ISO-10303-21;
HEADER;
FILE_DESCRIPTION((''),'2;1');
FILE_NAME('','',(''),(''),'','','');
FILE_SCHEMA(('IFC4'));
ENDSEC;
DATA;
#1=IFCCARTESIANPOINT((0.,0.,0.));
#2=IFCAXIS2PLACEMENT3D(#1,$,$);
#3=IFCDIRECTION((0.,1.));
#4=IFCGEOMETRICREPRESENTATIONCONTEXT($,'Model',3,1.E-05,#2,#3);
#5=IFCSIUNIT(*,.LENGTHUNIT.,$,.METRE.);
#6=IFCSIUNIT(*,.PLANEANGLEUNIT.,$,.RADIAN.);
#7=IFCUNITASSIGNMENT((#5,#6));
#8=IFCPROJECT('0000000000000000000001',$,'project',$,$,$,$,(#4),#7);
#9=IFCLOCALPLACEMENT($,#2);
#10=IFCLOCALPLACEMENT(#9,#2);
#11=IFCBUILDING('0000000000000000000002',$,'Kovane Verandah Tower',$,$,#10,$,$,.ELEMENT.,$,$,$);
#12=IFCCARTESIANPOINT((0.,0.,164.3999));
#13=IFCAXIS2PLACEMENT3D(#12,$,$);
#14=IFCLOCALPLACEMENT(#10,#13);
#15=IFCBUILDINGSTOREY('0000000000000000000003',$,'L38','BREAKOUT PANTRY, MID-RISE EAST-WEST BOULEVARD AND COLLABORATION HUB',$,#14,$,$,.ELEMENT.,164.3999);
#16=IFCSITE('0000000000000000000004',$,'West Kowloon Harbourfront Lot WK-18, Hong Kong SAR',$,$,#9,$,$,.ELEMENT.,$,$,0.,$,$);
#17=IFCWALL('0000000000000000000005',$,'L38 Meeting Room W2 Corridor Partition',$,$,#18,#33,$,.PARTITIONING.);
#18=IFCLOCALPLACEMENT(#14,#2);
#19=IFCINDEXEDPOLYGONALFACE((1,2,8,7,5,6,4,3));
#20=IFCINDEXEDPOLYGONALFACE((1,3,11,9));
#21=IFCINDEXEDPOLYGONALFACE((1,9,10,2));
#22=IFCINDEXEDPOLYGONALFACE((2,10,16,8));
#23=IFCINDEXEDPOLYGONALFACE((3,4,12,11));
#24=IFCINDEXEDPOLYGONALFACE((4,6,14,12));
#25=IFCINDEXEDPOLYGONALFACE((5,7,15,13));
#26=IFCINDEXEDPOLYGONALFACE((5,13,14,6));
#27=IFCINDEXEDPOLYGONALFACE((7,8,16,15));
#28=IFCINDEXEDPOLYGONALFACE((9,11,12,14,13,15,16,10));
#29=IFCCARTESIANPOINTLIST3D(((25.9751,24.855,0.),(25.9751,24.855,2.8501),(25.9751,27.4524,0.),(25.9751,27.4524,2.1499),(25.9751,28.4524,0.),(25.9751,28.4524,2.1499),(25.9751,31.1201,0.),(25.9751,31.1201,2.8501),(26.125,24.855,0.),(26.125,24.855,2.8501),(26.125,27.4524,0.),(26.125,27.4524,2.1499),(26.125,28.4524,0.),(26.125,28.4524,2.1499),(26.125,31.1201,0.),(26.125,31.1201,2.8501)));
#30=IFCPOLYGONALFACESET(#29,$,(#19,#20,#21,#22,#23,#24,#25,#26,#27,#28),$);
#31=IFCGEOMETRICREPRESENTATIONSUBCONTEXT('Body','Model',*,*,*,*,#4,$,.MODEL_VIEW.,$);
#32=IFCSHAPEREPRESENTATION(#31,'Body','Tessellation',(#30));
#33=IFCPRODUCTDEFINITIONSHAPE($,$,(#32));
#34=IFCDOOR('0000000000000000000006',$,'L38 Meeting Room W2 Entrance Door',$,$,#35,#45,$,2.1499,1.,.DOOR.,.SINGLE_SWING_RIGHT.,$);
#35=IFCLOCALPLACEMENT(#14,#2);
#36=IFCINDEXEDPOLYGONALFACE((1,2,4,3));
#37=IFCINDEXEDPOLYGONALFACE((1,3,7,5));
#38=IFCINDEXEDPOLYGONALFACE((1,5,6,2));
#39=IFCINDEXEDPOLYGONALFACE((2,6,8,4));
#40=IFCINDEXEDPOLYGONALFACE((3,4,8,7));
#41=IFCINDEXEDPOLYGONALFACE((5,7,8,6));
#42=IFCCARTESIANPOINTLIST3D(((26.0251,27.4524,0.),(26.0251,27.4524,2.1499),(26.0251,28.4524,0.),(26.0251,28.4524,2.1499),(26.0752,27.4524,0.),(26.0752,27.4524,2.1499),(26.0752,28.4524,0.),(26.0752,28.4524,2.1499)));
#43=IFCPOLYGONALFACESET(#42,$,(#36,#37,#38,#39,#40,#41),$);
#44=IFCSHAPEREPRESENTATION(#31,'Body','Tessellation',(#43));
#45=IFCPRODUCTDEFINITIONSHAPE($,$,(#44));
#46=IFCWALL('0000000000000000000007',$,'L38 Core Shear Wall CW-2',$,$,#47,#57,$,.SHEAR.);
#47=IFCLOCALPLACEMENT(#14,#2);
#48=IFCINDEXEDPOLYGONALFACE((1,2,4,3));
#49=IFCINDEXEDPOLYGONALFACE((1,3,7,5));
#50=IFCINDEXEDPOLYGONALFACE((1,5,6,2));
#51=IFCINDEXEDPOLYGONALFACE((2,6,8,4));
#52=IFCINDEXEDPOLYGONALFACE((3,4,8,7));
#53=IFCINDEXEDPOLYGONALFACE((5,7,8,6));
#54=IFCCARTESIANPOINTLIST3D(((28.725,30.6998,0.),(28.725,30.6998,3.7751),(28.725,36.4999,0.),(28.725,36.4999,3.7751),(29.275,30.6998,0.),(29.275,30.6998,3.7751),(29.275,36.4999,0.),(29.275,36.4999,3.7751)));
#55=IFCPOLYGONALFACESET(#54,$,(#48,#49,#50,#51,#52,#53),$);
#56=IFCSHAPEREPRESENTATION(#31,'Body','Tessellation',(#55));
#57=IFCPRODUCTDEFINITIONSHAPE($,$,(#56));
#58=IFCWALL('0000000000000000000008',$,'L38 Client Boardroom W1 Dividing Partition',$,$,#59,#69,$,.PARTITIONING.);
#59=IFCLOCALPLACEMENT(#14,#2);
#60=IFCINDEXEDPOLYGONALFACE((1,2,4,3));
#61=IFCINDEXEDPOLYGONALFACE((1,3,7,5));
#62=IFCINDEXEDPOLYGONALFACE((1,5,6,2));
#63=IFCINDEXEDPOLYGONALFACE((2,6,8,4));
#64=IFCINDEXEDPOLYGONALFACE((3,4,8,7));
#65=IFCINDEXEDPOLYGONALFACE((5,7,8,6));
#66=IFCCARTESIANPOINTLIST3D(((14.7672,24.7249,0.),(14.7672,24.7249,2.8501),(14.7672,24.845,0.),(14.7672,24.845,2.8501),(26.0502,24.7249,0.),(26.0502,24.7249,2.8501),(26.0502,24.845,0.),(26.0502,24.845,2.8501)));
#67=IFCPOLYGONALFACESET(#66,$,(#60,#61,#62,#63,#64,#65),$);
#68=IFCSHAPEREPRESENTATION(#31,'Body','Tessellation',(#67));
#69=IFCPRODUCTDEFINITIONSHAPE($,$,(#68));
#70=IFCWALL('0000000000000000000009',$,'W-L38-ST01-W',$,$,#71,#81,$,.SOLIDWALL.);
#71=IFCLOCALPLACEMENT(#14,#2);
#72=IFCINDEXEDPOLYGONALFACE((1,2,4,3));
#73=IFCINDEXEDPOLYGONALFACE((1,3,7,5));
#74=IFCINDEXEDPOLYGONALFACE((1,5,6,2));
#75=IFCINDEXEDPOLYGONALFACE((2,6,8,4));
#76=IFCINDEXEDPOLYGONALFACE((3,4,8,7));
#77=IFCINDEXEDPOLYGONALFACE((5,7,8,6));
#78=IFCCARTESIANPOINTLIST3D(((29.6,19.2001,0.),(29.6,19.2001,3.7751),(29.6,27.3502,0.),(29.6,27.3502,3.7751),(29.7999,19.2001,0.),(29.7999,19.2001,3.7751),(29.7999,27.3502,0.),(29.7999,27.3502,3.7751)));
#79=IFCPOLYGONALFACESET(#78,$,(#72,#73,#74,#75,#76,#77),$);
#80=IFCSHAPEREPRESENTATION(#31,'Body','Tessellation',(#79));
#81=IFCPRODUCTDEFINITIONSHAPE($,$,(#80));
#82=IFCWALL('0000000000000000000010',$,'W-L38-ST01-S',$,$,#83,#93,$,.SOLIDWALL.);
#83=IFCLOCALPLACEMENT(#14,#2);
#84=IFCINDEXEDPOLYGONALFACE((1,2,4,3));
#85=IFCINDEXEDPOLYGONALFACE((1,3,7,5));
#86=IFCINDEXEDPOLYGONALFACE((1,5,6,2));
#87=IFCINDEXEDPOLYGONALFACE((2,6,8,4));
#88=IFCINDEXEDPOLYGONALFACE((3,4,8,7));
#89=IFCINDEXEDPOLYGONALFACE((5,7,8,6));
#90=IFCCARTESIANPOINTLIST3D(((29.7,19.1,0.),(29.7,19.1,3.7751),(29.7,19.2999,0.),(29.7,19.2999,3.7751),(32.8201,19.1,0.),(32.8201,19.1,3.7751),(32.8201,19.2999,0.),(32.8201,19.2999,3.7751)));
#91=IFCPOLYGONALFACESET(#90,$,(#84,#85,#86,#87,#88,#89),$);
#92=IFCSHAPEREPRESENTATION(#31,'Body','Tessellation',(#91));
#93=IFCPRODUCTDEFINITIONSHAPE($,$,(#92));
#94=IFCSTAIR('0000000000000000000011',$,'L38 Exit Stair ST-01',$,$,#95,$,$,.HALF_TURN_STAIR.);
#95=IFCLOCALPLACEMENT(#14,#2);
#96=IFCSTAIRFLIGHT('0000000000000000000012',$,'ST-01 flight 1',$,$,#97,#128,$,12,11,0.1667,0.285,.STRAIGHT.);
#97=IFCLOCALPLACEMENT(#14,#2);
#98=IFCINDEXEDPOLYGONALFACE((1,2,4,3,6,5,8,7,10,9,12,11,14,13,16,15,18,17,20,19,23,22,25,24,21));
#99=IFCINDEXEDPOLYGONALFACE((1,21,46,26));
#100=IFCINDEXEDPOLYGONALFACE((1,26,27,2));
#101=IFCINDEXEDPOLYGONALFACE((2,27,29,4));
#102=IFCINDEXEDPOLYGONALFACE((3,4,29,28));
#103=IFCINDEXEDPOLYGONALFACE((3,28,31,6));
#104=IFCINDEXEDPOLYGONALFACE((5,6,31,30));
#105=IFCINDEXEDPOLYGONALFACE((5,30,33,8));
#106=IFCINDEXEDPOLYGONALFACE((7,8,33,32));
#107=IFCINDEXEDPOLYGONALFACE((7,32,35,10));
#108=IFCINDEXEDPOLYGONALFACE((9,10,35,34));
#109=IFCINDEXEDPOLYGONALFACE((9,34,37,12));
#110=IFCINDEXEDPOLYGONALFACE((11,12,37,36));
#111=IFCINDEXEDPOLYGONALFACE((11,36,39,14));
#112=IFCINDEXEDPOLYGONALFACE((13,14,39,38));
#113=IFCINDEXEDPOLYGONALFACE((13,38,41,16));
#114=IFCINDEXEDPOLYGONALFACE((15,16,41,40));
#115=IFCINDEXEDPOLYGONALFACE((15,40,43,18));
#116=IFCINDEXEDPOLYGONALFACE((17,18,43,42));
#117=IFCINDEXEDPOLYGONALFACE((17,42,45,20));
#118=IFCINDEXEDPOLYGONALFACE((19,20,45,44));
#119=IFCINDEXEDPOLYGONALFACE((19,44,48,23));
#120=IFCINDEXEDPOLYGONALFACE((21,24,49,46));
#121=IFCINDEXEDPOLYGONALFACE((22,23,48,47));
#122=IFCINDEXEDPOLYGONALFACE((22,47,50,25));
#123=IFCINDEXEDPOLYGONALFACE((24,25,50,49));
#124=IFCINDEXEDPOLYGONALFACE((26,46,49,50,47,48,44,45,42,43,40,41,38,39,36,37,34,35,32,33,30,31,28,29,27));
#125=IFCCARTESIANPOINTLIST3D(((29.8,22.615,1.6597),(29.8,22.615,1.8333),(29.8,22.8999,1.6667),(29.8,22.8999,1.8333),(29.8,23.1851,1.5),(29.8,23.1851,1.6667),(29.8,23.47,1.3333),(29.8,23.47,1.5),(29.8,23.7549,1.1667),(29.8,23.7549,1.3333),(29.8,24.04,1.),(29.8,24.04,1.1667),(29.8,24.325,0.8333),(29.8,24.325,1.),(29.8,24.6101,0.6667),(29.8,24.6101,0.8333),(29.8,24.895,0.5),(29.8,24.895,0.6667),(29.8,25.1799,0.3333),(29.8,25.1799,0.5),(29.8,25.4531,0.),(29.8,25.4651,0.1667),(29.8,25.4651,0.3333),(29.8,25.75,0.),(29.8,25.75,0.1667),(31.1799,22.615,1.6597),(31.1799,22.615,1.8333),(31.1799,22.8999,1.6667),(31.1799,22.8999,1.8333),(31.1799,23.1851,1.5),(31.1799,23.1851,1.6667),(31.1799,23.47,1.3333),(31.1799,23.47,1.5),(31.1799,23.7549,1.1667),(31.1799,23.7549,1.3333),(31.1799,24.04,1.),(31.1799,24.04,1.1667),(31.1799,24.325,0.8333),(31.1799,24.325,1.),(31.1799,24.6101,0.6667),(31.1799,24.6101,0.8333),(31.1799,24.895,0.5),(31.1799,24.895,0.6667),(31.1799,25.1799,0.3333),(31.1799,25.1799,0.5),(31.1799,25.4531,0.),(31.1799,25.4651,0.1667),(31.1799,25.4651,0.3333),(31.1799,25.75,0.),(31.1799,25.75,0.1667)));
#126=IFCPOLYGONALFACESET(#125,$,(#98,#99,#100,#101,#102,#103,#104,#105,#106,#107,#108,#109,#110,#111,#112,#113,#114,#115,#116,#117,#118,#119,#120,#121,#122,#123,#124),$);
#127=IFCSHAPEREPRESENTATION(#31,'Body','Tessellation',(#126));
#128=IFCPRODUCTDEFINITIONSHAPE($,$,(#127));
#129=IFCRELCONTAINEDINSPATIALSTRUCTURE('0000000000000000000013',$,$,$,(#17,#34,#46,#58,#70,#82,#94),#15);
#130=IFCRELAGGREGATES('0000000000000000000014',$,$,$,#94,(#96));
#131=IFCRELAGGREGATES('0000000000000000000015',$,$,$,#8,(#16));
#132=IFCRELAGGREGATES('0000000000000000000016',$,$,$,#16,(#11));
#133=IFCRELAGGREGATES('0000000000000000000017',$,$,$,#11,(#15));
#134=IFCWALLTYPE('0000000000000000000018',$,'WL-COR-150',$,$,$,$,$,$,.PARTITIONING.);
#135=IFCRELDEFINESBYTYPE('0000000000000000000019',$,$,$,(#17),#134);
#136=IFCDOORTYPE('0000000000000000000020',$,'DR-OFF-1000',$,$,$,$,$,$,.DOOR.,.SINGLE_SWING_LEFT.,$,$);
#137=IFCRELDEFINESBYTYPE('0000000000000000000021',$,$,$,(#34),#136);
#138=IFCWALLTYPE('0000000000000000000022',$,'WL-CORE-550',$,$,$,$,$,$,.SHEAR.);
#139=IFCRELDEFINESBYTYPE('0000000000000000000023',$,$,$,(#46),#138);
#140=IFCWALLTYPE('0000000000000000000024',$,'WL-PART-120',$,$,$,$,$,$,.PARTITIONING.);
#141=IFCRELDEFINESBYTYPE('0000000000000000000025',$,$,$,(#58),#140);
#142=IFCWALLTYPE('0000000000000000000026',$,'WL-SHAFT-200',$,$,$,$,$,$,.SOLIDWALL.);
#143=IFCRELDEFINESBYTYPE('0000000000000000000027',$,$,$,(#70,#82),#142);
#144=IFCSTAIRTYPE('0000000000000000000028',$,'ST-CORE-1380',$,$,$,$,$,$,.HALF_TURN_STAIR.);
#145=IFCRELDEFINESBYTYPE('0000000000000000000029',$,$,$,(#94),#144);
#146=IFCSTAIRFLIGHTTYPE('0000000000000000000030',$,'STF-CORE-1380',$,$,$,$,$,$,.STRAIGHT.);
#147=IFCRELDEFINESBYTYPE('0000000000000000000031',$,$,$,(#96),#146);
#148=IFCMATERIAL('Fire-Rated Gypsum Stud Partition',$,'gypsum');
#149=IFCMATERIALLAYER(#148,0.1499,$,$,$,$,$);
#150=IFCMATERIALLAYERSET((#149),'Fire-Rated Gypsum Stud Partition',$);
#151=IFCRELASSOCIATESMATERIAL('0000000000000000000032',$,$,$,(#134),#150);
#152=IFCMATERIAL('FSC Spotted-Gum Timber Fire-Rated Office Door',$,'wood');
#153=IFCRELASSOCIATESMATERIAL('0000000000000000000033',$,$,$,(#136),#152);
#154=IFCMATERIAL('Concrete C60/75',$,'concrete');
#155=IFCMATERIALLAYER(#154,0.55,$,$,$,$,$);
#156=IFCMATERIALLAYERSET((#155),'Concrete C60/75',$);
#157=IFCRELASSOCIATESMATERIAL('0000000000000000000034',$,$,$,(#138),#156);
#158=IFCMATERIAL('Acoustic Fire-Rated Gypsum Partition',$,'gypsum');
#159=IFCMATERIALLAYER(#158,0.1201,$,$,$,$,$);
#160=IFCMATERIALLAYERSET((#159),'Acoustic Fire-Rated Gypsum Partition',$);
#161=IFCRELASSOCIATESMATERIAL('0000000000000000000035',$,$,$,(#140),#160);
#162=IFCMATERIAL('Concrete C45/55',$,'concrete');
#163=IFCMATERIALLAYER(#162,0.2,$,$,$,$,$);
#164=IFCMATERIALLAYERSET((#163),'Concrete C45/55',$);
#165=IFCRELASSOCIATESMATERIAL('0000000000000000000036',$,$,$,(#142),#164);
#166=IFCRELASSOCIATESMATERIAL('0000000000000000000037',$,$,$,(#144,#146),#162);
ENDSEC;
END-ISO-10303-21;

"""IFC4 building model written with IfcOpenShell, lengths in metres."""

from ifc_helpers import new_model, si_unit, direction, frame, frame_2d, origin, place, context, subcontext, project, spatial, polyline, rectangle, outline, extrude, material, layer, layer_set, type_object, element, fill, aggregate, save


model = new_model("IFC4")

# Units and contexts
model_context = context("Model", 3, precision=1e-05, world=origin(), true_north=direction((0.0, 1.0)))
body_context = subcontext(model_context, "Body", "Model", "MODEL_VIEW")
ifc_project = project(units=[si_unit("LENGTHUNIT", "METRE"), si_unit("PLANEANGLEUNIT", "RADIAN")], contexts=[model_context])

# Site, building, storey
site_placement = place(None, origin())
site = spatial("IfcSite", under=ifc_project, at=site_placement, Name="West Kowloon Harbourfront Lot WK-18, Hong Kong SAR", CompositionType="ELEMENT", RefElevation=0.0)
building_placement = place(site_placement, origin())
building = spatial("IfcBuilding", under=site, at=building_placement, Name="Kovane Verandah Tower", CompositionType="ELEMENT")
storey_placement = place(building_placement, frame((0.0, 0.0, 164.3999)))
storey = spatial("IfcBuildingStorey", under=building, at=storey_placement, Name="L38", Description="BREAKOUT PANTRY, MID-RISE EAST-WEST BOULEVARD AND COLLABORATION HUB", CompositionType="ELEMENT", Elevation=164.3999)

# Shared definitions
ifc_material_1 = material(Name="Concrete C60/75", Category="concrete")

# Wall, opening, door
ifc_material_2 = material(Name="Fire-Rated Gypsum Stud Partition", Category="gypsum")
ifc_layer_1 = layer(ifc_material_2, 0.1499)
ifc_layer_set_1 = layer_set([ifc_layer_1], Name="Fire-Rated Gypsum Stud Partition")
wall_type_1 = type_object("IfcWallType", Name="WL-COR-150", PredefinedType="PARTITIONING", material=ifc_layer_set_1)
wall_1_placement = place(storey_placement, frame((26.05, 24.855, 0.0), z_axis=(0.0, 0.0, 1.0), x_axis=(0.0, 1.0, 0.0)))
wall_1 = element("IfcWall", 1, at=wall_1_placement, inside=storey, type_object=wall_type_1, Name="L38 Meeting Room W2 Corridor Partition", PredefinedType="PARTITIONING", context=body_context, shape_type="SweptSolid", body=[
    extrude(rectangle(XDim=6.2651, YDim=0.1499, at=frame_2d((3.1326, 0.0))), origin(), (0.0, 0.0, 1.0), 2.8501),
])
opening_1_placement = place(wall_1_placement, frame((2.5974, 0.0, 0.0)))
opening_1 = element("IfcOpeningElement", 2, at=opening_1_placement, cuts=wall_1, PredefinedType="OPENING", context=body_context, shape_type="SweptSolid", body=[
    extrude(rectangle(XDim=1.0, YDim=2.1499, at=frame_2d((0.5, 1.075))), frame((0.0, 0.075, 0.0), z_axis=(0.0, -1.0, 0.0), x_axis=(1.0, 0.0, 0.0)), (0.0, 0.0, 1.0), 0.1499),
])
ifc_material_3 = material(Name="FSC Spotted-Gum Timber Fire-Rated Office Door", Category="wood")
door_type_1 = type_object("IfcDoorType", Name="DR-OFF-1000", OperationType="SINGLE_SWING_LEFT", PredefinedType="DOOR", material=ifc_material_3)
door_1_placement = place(opening_1_placement, origin())
door_1 = element("IfcDoor", 3, at=door_1_placement, inside=storey, type_object=door_type_1, Name="L38 Meeting Room W2 Entrance Door", OperationType="SINGLE_SWING_RIGHT", OverallHeight=2.1499, OverallWidth=1.0, PredefinedType="DOOR", context=body_context, shape_type="SweptSolid", body=[
    extrude(rectangle(XDim=1.0, YDim=2.1499, at=frame_2d((0.5, 1.075))), frame((0.0, 0.0249, 0.0), z_axis=(0.0, -1.0, 0.0), x_axis=(1.0, 0.0, 0.0)), (0.0, 0.0, 1.0), 0.05),
])
fill(opening_1, door_1)

# Wall
ifc_layer_2 = layer(ifc_material_1, 0.55)
ifc_layer_set_2 = layer_set([ifc_layer_2], Name="Concrete C60/75")
wall_type_2 = type_object("IfcWallType", Name="WL-CORE-550", PredefinedType="SHEAR", material=ifc_layer_set_2)
wall_2_placement = place(storey_placement, frame((29.0, 30.7, 0.0), z_axis=(0.0, 0.0, 1.0), x_axis=(0.0, 1.0, 0.0)))
element("IfcWall", 4, at=wall_2_placement, inside=storey, type_object=wall_type_2, Name="L38 Core Shear Wall CW-2", PredefinedType="SHEAR", context=body_context, shape_type="SweptSolid", body=[
    extrude(rectangle(XDim=5.8, YDim=0.55, at=frame_2d((2.8999, 0.0))), origin(), (0.0, 0.0, 1.0), 3.7751),
])

# Walls
ifc_material_4 = material(Name="Acoustic Fire-Rated Gypsum Partition", Category="gypsum")
ifc_layer_3 = layer(ifc_material_4, 0.1201)
ifc_layer_set_3 = layer_set([ifc_layer_3], Name="Acoustic Fire-Rated Gypsum Partition")
wall_type_3 = type_object("IfcWallType", Name="WL-PART-120", PredefinedType="PARTITIONING", material=ifc_layer_set_3)
wall_3_placement = place(storey_placement, frame((14.7671, 24.7849, 0.0), z_axis=(0.0, 0.0, 1.0), x_axis=(1.0, 0.0, 0.0)))
element("IfcWall", 5, at=wall_3_placement, inside=storey, type_object=wall_type_3, Name="L38 Client Boardroom W1 Dividing Partition", PredefinedType="PARTITIONING", context=body_context, shape_type="SweptSolid", body=[
    extrude(rectangle(XDim=11.283, YDim=0.1201, at=frame_2d((5.6416, 0.0))), origin(), (0.0, 0.0, 1.0), 2.8501),
])
ifc_material_5 = material(Name="Concrete C45/55", Category="concrete")
ifc_layer_4 = layer(ifc_material_5, 0.2)
ifc_layer_set_4 = layer_set([ifc_layer_4], Name="Concrete C45/55")
wall_type_4 = type_object("IfcWallType", Name="WL-SHAFT-200", PredefinedType="SOLIDWALL", material=ifc_layer_set_4)
wall_4_placement = place(storey_placement, frame((29.7, 19.2, 0.0), z_axis=(0.0, 0.0, 1.0), x_axis=(0.0, 1.0, 0.0)))
element("IfcWall", 6, at=wall_4_placement, inside=storey, type_object=wall_type_4, Name="W-L38-ST01-W", PredefinedType="SOLIDWALL", context=body_context, shape_type="SweptSolid", body=[
    extrude(rectangle(XDim=8.1501, YDim=0.2, at=frame_2d((4.0752, 0.0))), origin(), (0.0, 0.0, 1.0), 3.7751),
])
wall_5_placement = place(storey_placement, frame((29.7, 19.2, 0.0), z_axis=(0.0, 0.0, 1.0), x_axis=(1.0, 0.0, 0.0)))
element("IfcWall", 7, at=wall_5_placement, inside=storey, type_object=wall_type_4, Name="W-L38-ST01-S", PredefinedType="SOLIDWALL", context=body_context, shape_type="SweptSolid", body=[
    extrude(rectangle(XDim=3.1201, YDim=0.2, at=frame_2d((1.5601, 0.0))), origin(), (0.0, 0.0, 1.0), 3.7751),
])

# Stair, stair flight
stair_type = type_object("IfcStairType", Name="ST-CORE-1380", PredefinedType="HALF_TURN_STAIR", material=ifc_material_5)
stair_placement = place(storey_placement, origin())
stair = element("IfcStair", 8, at=stair_placement, inside=storey, type_object=stair_type, Name="L38 Exit Stair ST-01", PredefinedType="HALF_TURN_STAIR")
stair_flight_type = type_object("IfcStairFlightType", Name="STF-CORE-1380", PredefinedType="STRAIGHT", material=ifc_material_5)
stair_flight_placement = place(storey_placement, frame((30.49, 25.75, 0.0), z_axis=(0.0, 0.0, 1.0), x_axis=(0.0, -1.0, 0.0)))
stair_flight = element("IfcStairFlight", 9, at=stair_flight_placement, type_object=stair_flight_type, Name="ST-01 flight 1", NumberOfRisers=12, NumberOfTreads=11, PredefinedType="STRAIGHT", RiserHeight=0.1667, TreadLength=0.285, context=body_context, shape_type="SweptSolid", body=[
    extrude(outline(polyline([(0.0, 0.0), (0.0, 0.1667), (0.2849, 0.1667), (0.2849, 0.3333), (0.5701, 0.3333), (0.5701, 0.5), (0.855, 0.5), (0.855, 0.6667), (1.1399, 0.6667), (1.1399, 0.8333), (1.425, 0.8333), (1.425, 1.0), (1.71, 1.0), (1.71, 1.1667), (1.9951, 1.1667), (1.9951, 1.3333), (2.28, 1.3333), (2.28, 1.5), (2.5649, 1.5), (2.5649, 1.6667), (2.8501, 1.6667), (2.8501, 1.8333), (3.135, 1.8333), (3.135, 2.0), (3.135, 1.6597), (0.2969, 0.0), (0.0, 0.0)])), frame((0.0, 0.6899, 0.0), z_axis=(0.0, -1.0, 0.0), x_axis=(1.0, 0.0, 0.0)), (0.0, 0.0, 1.0), 1.3799),
])
aggregate(stair, [stair_flight])

save(model, "model.ifc")
